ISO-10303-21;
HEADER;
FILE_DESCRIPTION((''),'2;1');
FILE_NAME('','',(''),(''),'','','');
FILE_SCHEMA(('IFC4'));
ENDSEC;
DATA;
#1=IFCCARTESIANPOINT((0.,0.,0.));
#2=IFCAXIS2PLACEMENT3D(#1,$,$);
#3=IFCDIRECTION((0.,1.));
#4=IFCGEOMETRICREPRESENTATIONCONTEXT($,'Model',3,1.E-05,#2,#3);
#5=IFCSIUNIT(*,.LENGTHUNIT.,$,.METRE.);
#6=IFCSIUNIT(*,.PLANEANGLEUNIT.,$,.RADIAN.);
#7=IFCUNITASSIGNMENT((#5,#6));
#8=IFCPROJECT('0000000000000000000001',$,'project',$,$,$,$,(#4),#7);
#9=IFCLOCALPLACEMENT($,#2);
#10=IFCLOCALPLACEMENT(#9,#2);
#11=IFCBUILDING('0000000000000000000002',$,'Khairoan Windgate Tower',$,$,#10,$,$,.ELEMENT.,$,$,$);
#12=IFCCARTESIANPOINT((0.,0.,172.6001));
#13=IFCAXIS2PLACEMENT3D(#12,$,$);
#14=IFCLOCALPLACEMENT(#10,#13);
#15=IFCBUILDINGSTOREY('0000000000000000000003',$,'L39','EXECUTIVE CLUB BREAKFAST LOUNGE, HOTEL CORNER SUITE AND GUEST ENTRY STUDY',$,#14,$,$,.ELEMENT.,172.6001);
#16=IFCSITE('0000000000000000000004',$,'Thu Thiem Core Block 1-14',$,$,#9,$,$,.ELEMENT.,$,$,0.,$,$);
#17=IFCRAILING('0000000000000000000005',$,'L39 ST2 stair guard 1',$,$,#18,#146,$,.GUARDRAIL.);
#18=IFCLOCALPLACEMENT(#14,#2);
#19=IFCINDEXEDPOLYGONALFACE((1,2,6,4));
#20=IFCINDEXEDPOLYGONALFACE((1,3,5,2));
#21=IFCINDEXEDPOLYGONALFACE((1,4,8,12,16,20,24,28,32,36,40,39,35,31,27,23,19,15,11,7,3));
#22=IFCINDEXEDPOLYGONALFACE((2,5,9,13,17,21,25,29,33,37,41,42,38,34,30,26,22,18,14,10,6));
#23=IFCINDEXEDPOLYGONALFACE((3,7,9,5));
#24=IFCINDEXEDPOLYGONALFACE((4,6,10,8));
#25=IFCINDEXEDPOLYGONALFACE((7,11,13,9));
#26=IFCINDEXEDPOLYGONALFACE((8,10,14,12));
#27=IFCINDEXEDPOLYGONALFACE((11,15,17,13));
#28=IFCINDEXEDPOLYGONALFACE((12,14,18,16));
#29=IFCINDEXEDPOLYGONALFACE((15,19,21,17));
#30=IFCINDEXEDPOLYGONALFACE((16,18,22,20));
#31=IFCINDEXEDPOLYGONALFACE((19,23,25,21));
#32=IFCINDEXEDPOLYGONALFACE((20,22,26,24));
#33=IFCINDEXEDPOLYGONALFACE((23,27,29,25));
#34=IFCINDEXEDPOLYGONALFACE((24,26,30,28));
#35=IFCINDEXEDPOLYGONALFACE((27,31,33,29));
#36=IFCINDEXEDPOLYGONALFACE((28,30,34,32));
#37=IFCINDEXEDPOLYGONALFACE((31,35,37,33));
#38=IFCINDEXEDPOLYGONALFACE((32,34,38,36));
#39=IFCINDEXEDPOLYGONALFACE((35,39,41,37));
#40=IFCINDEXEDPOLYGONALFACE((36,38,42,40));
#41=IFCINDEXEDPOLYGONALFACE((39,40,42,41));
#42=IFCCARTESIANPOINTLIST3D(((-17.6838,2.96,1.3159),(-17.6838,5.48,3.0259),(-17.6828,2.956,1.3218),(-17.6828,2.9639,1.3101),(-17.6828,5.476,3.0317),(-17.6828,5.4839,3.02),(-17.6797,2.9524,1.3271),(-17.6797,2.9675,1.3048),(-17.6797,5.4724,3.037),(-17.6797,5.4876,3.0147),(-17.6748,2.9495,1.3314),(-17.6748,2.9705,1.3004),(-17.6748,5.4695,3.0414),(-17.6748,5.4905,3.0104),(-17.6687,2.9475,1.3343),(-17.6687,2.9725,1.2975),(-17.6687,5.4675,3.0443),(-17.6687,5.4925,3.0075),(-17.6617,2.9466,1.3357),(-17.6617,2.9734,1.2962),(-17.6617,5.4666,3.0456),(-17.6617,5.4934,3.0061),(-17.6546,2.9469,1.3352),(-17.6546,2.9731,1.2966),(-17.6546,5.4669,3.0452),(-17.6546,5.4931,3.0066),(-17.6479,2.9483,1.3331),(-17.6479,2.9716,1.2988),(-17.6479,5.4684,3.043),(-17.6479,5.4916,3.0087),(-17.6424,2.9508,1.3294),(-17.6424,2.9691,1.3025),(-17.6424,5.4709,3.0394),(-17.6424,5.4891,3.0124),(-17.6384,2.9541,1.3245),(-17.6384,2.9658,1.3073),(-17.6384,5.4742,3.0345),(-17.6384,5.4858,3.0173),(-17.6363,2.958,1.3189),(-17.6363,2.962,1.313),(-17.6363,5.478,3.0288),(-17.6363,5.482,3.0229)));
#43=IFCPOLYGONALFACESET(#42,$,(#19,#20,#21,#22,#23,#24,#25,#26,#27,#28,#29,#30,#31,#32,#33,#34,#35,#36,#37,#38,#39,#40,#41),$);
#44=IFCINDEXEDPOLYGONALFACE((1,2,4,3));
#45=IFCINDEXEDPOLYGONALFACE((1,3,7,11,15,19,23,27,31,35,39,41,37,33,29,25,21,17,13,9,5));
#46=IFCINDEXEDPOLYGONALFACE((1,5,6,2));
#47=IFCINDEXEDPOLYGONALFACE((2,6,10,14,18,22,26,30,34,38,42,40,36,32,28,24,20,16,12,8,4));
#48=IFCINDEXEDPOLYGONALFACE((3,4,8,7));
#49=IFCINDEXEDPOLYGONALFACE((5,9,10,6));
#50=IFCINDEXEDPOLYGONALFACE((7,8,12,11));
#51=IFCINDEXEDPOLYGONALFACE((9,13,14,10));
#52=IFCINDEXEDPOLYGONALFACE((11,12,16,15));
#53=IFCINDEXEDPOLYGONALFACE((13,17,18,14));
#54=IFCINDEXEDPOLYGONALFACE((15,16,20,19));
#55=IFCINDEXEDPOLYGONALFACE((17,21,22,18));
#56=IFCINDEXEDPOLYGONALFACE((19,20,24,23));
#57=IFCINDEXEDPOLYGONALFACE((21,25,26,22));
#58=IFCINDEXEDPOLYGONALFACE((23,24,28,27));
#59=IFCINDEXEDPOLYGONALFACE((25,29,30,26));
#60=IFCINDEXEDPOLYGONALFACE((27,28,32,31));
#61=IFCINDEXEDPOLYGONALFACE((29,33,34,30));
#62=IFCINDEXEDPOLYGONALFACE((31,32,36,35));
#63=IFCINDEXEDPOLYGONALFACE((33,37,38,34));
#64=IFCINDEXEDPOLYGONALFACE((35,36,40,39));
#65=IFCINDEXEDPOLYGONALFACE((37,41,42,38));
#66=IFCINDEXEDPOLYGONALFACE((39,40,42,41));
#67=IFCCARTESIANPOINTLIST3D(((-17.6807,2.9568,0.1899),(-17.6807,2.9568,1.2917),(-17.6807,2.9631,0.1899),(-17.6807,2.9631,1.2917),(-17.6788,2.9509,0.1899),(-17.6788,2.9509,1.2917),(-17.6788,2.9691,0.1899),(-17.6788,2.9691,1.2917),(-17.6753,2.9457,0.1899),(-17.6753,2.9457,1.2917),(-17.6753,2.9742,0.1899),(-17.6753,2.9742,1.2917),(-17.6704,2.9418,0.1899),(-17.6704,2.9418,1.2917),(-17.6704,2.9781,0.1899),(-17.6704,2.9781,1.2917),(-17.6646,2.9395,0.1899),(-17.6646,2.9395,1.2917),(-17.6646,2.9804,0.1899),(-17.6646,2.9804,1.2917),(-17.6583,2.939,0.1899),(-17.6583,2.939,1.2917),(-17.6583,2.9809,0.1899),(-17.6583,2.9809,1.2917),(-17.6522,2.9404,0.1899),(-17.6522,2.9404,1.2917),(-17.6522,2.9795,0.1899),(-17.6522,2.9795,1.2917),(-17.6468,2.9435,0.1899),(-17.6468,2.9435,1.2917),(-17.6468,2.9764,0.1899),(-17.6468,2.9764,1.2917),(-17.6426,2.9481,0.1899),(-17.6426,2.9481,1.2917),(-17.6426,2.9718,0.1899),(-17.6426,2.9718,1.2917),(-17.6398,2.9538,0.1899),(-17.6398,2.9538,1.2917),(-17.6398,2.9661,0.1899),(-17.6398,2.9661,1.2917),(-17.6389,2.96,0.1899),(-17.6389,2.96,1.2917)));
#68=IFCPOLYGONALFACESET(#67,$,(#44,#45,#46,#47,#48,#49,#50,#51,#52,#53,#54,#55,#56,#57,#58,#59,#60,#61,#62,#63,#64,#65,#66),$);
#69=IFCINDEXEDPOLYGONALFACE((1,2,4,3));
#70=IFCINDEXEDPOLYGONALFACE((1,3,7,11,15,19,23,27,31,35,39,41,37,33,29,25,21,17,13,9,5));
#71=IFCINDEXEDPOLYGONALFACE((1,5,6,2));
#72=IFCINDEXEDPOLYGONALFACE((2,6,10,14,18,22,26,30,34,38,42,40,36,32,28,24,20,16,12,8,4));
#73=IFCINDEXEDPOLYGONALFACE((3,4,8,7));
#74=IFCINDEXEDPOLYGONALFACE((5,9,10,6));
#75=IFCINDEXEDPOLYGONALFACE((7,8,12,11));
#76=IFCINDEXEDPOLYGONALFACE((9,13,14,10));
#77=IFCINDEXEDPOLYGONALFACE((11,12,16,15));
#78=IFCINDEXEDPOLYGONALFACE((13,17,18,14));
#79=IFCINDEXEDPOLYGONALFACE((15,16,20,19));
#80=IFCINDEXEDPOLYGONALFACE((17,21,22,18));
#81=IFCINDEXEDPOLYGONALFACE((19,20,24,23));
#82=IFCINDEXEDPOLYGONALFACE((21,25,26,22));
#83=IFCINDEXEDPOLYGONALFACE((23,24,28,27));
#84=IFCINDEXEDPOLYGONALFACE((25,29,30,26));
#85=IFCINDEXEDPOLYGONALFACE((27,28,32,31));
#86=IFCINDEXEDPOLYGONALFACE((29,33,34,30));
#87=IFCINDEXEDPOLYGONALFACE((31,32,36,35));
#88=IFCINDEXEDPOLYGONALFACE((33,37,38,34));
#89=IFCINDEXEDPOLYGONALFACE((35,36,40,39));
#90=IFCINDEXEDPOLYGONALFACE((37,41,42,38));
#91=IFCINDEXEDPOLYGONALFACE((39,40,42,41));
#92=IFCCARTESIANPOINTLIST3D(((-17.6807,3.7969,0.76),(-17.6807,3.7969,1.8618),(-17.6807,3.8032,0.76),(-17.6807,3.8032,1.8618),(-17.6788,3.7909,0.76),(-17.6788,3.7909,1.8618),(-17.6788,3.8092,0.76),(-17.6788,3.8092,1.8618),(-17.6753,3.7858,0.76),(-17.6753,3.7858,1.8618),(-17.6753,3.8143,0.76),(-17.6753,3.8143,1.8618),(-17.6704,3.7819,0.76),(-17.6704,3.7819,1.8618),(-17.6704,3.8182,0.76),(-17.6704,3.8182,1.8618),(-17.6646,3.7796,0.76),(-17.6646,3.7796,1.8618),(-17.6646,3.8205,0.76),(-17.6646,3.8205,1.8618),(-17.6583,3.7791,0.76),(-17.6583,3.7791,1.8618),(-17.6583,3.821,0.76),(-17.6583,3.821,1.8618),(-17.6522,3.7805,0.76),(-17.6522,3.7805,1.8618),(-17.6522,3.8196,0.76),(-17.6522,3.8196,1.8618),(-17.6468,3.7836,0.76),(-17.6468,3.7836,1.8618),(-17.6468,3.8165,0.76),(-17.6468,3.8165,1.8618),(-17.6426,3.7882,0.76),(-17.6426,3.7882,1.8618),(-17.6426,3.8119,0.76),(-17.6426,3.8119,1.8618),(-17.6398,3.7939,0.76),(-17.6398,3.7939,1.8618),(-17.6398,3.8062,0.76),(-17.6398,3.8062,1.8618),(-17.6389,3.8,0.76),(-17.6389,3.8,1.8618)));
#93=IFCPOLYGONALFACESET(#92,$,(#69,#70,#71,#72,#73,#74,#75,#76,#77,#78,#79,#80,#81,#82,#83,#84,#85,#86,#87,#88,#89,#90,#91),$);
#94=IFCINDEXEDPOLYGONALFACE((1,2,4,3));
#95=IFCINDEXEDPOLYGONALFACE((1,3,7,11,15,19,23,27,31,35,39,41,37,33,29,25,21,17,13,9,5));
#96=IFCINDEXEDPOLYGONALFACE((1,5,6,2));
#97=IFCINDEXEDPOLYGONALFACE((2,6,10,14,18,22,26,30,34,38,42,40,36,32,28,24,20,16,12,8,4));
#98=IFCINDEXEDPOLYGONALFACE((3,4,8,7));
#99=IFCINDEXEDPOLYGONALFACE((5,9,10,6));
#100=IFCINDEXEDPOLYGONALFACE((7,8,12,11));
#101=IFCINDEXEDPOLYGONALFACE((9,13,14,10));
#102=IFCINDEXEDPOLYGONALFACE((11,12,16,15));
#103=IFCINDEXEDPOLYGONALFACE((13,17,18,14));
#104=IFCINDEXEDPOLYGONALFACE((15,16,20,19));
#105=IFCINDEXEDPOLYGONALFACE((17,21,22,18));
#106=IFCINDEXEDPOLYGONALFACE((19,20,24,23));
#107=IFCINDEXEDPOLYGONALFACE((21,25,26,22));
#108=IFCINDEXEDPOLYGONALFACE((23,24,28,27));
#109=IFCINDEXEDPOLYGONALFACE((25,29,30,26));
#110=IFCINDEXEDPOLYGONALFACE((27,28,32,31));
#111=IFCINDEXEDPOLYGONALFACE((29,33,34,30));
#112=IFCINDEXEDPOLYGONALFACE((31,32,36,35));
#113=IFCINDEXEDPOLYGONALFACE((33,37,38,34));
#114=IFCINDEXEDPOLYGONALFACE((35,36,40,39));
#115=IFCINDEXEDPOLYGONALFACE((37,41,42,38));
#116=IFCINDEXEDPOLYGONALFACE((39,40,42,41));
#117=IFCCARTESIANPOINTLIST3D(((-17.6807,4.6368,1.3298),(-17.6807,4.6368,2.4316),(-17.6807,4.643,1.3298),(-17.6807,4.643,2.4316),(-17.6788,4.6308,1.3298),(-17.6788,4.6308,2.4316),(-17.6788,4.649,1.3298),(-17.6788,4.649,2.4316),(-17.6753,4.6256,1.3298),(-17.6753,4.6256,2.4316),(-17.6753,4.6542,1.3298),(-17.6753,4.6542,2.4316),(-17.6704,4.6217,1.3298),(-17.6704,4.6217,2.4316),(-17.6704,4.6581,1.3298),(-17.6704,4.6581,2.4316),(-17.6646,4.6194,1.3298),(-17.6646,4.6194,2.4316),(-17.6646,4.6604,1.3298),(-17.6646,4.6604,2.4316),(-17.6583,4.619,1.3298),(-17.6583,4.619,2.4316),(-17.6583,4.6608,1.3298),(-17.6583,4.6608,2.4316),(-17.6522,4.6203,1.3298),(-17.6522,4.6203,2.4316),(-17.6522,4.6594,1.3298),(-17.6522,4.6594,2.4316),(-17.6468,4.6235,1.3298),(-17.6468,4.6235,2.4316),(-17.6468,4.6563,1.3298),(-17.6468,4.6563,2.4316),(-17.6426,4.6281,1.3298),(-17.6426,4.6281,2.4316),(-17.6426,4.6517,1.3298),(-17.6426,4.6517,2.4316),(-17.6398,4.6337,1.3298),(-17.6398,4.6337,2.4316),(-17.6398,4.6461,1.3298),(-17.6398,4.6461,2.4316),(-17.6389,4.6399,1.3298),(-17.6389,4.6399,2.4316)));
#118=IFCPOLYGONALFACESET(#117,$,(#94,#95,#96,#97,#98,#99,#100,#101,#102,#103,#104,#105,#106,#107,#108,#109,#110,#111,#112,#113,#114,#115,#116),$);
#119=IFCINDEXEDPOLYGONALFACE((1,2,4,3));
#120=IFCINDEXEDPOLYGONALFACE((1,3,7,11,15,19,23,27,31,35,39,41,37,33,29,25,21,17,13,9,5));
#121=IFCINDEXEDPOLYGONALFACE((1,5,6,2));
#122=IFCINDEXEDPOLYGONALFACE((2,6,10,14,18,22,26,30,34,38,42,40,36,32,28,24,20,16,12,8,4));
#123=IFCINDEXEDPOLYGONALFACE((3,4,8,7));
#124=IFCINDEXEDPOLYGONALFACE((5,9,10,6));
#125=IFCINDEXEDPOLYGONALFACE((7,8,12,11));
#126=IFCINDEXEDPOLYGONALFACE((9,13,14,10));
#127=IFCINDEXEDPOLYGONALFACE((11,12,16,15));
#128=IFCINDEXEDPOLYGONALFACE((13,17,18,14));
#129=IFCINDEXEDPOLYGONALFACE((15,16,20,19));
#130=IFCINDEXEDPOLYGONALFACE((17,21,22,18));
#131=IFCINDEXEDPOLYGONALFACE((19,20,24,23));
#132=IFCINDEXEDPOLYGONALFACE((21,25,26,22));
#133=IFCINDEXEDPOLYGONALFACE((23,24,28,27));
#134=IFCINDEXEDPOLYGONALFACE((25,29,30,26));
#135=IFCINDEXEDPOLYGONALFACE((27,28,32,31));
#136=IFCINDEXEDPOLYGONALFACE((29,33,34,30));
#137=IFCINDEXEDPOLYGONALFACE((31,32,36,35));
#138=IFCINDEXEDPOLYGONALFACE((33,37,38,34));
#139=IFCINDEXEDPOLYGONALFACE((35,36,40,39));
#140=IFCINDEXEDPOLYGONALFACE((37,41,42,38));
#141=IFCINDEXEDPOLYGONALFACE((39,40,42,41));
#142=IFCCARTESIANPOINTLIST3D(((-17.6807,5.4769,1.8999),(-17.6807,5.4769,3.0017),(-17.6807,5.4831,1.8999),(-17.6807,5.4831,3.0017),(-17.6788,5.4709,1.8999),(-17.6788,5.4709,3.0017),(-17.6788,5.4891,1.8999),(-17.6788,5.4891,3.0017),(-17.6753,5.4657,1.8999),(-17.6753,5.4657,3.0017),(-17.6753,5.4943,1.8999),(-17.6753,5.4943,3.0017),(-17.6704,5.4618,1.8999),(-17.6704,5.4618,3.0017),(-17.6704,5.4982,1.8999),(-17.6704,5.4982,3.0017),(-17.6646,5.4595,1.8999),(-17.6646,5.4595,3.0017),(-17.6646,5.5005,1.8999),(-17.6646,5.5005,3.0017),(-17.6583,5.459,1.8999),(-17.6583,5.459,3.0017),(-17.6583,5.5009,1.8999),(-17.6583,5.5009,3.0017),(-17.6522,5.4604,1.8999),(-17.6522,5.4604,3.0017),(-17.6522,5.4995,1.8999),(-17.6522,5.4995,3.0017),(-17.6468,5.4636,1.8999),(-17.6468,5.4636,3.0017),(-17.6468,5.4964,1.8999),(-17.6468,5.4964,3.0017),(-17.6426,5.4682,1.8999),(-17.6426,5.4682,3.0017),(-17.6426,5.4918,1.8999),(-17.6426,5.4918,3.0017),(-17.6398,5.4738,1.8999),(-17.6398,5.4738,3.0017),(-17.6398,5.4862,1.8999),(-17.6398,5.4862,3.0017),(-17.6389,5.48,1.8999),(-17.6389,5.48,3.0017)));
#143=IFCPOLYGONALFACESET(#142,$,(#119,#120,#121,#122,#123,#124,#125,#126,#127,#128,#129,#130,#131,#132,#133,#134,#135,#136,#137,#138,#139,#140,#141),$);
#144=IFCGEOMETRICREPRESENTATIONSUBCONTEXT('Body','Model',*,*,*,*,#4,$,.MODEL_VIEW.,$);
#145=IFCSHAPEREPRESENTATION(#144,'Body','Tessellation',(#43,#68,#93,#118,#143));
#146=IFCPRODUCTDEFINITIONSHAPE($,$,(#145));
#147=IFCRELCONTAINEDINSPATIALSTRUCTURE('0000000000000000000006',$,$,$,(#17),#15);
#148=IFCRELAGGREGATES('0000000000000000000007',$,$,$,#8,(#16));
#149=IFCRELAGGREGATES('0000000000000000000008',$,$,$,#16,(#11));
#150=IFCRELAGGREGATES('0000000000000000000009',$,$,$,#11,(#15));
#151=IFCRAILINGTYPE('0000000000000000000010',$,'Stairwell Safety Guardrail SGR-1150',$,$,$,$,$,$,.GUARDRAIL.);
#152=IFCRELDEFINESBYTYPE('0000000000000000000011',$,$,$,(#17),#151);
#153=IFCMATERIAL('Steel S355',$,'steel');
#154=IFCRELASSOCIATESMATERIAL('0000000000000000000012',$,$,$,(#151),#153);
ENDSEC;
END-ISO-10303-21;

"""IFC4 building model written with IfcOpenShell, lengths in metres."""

from ifc_helpers import new_model, si_unit, direction, frame, origin, origin_2d, place, context, subcontext, project, spatial, circle, extrude, material, type_object, element, save


model = new_model("IFC4")

# Units and contexts
model_context = context("Model", 3, precision=1e-05, world=origin(), true_north=direction((0.0, 1.0)))
body_context = subcontext(model_context, "Body", "Model", "MODEL_VIEW")
ifc_project = project(units=[si_unit("LENGTHUNIT", "METRE"), si_unit("PLANEANGLEUNIT", "RADIAN")], contexts=[model_context])

# Site, building, storey
site_placement = place(None, origin())
site = spatial("IfcSite", under=ifc_project, at=site_placement, Name="Thu Thiem Core Block 1-14", CompositionType="ELEMENT", RefElevation=0.0)
building_placement = place(site_placement, origin())
building = spatial("IfcBuilding", under=site, at=building_placement, Name="Khairoan Windgate Tower", CompositionType="ELEMENT")
storey_placement = place(building_placement, frame((0.0, 0.0, 172.6001)))
storey = spatial("IfcBuildingStorey", under=building, at=storey_placement, Name="L39", Description="EXECUTIVE CLUB BREAKFAST LOUNGE, HOTEL CORNER SUITE AND GUEST ENTRY STUDY", CompositionType="ELEMENT", Elevation=172.6001)

# Railing
ifc_material_1 = material(Name="Steel S355", Category="steel")
railing_type_1 = type_object("IfcRailingType", Name="Stairwell Safety Guardrail SGR-1150", PredefinedType="GUARDRAIL", material=ifc_material_1)
railing_1_placement = place(storey_placement, frame((-17.6599, 2.96, 0.1899)))
element("IfcRailing", 1, at=railing_1_placement, inside=storey, type_object=railing_type_1, Name="L39 ST2 stair guard 1", PredefinedType="GUARDRAIL", context=body_context, shape_type="SweptSolid", body=[
    extrude(circle(Radius=0.0239, at=origin_2d()), frame((0.0, 0.0, 1.126), z_axis=(0.0, 0.827484, 0.56149), x_axis=(-1.0, 0.0, 0.0)), (0.0, 0.0, 1.0), 3.0454),
    extrude(circle(Radius=0.021, at=origin_2d()), origin(), (0.0, 0.0, 1.0), 1.1018),
    extrude(circle(Radius=0.021, at=origin_2d()), frame((0.0, 0.8401, 0.5701)), (0.0, 0.0, 1.0), 1.1018),
    extrude(circle(Radius=0.021, at=origin_2d()), frame((0.0, 1.6799, 1.1399)), (0.0, 0.0, 1.0), 1.1018),
    extrude(circle(Radius=0.021, at=origin_2d()), frame((0.0, 2.52, 1.71)), (0.0, 0.0, 1.0), 1.1018),
])

save(model, "model.ifc")
